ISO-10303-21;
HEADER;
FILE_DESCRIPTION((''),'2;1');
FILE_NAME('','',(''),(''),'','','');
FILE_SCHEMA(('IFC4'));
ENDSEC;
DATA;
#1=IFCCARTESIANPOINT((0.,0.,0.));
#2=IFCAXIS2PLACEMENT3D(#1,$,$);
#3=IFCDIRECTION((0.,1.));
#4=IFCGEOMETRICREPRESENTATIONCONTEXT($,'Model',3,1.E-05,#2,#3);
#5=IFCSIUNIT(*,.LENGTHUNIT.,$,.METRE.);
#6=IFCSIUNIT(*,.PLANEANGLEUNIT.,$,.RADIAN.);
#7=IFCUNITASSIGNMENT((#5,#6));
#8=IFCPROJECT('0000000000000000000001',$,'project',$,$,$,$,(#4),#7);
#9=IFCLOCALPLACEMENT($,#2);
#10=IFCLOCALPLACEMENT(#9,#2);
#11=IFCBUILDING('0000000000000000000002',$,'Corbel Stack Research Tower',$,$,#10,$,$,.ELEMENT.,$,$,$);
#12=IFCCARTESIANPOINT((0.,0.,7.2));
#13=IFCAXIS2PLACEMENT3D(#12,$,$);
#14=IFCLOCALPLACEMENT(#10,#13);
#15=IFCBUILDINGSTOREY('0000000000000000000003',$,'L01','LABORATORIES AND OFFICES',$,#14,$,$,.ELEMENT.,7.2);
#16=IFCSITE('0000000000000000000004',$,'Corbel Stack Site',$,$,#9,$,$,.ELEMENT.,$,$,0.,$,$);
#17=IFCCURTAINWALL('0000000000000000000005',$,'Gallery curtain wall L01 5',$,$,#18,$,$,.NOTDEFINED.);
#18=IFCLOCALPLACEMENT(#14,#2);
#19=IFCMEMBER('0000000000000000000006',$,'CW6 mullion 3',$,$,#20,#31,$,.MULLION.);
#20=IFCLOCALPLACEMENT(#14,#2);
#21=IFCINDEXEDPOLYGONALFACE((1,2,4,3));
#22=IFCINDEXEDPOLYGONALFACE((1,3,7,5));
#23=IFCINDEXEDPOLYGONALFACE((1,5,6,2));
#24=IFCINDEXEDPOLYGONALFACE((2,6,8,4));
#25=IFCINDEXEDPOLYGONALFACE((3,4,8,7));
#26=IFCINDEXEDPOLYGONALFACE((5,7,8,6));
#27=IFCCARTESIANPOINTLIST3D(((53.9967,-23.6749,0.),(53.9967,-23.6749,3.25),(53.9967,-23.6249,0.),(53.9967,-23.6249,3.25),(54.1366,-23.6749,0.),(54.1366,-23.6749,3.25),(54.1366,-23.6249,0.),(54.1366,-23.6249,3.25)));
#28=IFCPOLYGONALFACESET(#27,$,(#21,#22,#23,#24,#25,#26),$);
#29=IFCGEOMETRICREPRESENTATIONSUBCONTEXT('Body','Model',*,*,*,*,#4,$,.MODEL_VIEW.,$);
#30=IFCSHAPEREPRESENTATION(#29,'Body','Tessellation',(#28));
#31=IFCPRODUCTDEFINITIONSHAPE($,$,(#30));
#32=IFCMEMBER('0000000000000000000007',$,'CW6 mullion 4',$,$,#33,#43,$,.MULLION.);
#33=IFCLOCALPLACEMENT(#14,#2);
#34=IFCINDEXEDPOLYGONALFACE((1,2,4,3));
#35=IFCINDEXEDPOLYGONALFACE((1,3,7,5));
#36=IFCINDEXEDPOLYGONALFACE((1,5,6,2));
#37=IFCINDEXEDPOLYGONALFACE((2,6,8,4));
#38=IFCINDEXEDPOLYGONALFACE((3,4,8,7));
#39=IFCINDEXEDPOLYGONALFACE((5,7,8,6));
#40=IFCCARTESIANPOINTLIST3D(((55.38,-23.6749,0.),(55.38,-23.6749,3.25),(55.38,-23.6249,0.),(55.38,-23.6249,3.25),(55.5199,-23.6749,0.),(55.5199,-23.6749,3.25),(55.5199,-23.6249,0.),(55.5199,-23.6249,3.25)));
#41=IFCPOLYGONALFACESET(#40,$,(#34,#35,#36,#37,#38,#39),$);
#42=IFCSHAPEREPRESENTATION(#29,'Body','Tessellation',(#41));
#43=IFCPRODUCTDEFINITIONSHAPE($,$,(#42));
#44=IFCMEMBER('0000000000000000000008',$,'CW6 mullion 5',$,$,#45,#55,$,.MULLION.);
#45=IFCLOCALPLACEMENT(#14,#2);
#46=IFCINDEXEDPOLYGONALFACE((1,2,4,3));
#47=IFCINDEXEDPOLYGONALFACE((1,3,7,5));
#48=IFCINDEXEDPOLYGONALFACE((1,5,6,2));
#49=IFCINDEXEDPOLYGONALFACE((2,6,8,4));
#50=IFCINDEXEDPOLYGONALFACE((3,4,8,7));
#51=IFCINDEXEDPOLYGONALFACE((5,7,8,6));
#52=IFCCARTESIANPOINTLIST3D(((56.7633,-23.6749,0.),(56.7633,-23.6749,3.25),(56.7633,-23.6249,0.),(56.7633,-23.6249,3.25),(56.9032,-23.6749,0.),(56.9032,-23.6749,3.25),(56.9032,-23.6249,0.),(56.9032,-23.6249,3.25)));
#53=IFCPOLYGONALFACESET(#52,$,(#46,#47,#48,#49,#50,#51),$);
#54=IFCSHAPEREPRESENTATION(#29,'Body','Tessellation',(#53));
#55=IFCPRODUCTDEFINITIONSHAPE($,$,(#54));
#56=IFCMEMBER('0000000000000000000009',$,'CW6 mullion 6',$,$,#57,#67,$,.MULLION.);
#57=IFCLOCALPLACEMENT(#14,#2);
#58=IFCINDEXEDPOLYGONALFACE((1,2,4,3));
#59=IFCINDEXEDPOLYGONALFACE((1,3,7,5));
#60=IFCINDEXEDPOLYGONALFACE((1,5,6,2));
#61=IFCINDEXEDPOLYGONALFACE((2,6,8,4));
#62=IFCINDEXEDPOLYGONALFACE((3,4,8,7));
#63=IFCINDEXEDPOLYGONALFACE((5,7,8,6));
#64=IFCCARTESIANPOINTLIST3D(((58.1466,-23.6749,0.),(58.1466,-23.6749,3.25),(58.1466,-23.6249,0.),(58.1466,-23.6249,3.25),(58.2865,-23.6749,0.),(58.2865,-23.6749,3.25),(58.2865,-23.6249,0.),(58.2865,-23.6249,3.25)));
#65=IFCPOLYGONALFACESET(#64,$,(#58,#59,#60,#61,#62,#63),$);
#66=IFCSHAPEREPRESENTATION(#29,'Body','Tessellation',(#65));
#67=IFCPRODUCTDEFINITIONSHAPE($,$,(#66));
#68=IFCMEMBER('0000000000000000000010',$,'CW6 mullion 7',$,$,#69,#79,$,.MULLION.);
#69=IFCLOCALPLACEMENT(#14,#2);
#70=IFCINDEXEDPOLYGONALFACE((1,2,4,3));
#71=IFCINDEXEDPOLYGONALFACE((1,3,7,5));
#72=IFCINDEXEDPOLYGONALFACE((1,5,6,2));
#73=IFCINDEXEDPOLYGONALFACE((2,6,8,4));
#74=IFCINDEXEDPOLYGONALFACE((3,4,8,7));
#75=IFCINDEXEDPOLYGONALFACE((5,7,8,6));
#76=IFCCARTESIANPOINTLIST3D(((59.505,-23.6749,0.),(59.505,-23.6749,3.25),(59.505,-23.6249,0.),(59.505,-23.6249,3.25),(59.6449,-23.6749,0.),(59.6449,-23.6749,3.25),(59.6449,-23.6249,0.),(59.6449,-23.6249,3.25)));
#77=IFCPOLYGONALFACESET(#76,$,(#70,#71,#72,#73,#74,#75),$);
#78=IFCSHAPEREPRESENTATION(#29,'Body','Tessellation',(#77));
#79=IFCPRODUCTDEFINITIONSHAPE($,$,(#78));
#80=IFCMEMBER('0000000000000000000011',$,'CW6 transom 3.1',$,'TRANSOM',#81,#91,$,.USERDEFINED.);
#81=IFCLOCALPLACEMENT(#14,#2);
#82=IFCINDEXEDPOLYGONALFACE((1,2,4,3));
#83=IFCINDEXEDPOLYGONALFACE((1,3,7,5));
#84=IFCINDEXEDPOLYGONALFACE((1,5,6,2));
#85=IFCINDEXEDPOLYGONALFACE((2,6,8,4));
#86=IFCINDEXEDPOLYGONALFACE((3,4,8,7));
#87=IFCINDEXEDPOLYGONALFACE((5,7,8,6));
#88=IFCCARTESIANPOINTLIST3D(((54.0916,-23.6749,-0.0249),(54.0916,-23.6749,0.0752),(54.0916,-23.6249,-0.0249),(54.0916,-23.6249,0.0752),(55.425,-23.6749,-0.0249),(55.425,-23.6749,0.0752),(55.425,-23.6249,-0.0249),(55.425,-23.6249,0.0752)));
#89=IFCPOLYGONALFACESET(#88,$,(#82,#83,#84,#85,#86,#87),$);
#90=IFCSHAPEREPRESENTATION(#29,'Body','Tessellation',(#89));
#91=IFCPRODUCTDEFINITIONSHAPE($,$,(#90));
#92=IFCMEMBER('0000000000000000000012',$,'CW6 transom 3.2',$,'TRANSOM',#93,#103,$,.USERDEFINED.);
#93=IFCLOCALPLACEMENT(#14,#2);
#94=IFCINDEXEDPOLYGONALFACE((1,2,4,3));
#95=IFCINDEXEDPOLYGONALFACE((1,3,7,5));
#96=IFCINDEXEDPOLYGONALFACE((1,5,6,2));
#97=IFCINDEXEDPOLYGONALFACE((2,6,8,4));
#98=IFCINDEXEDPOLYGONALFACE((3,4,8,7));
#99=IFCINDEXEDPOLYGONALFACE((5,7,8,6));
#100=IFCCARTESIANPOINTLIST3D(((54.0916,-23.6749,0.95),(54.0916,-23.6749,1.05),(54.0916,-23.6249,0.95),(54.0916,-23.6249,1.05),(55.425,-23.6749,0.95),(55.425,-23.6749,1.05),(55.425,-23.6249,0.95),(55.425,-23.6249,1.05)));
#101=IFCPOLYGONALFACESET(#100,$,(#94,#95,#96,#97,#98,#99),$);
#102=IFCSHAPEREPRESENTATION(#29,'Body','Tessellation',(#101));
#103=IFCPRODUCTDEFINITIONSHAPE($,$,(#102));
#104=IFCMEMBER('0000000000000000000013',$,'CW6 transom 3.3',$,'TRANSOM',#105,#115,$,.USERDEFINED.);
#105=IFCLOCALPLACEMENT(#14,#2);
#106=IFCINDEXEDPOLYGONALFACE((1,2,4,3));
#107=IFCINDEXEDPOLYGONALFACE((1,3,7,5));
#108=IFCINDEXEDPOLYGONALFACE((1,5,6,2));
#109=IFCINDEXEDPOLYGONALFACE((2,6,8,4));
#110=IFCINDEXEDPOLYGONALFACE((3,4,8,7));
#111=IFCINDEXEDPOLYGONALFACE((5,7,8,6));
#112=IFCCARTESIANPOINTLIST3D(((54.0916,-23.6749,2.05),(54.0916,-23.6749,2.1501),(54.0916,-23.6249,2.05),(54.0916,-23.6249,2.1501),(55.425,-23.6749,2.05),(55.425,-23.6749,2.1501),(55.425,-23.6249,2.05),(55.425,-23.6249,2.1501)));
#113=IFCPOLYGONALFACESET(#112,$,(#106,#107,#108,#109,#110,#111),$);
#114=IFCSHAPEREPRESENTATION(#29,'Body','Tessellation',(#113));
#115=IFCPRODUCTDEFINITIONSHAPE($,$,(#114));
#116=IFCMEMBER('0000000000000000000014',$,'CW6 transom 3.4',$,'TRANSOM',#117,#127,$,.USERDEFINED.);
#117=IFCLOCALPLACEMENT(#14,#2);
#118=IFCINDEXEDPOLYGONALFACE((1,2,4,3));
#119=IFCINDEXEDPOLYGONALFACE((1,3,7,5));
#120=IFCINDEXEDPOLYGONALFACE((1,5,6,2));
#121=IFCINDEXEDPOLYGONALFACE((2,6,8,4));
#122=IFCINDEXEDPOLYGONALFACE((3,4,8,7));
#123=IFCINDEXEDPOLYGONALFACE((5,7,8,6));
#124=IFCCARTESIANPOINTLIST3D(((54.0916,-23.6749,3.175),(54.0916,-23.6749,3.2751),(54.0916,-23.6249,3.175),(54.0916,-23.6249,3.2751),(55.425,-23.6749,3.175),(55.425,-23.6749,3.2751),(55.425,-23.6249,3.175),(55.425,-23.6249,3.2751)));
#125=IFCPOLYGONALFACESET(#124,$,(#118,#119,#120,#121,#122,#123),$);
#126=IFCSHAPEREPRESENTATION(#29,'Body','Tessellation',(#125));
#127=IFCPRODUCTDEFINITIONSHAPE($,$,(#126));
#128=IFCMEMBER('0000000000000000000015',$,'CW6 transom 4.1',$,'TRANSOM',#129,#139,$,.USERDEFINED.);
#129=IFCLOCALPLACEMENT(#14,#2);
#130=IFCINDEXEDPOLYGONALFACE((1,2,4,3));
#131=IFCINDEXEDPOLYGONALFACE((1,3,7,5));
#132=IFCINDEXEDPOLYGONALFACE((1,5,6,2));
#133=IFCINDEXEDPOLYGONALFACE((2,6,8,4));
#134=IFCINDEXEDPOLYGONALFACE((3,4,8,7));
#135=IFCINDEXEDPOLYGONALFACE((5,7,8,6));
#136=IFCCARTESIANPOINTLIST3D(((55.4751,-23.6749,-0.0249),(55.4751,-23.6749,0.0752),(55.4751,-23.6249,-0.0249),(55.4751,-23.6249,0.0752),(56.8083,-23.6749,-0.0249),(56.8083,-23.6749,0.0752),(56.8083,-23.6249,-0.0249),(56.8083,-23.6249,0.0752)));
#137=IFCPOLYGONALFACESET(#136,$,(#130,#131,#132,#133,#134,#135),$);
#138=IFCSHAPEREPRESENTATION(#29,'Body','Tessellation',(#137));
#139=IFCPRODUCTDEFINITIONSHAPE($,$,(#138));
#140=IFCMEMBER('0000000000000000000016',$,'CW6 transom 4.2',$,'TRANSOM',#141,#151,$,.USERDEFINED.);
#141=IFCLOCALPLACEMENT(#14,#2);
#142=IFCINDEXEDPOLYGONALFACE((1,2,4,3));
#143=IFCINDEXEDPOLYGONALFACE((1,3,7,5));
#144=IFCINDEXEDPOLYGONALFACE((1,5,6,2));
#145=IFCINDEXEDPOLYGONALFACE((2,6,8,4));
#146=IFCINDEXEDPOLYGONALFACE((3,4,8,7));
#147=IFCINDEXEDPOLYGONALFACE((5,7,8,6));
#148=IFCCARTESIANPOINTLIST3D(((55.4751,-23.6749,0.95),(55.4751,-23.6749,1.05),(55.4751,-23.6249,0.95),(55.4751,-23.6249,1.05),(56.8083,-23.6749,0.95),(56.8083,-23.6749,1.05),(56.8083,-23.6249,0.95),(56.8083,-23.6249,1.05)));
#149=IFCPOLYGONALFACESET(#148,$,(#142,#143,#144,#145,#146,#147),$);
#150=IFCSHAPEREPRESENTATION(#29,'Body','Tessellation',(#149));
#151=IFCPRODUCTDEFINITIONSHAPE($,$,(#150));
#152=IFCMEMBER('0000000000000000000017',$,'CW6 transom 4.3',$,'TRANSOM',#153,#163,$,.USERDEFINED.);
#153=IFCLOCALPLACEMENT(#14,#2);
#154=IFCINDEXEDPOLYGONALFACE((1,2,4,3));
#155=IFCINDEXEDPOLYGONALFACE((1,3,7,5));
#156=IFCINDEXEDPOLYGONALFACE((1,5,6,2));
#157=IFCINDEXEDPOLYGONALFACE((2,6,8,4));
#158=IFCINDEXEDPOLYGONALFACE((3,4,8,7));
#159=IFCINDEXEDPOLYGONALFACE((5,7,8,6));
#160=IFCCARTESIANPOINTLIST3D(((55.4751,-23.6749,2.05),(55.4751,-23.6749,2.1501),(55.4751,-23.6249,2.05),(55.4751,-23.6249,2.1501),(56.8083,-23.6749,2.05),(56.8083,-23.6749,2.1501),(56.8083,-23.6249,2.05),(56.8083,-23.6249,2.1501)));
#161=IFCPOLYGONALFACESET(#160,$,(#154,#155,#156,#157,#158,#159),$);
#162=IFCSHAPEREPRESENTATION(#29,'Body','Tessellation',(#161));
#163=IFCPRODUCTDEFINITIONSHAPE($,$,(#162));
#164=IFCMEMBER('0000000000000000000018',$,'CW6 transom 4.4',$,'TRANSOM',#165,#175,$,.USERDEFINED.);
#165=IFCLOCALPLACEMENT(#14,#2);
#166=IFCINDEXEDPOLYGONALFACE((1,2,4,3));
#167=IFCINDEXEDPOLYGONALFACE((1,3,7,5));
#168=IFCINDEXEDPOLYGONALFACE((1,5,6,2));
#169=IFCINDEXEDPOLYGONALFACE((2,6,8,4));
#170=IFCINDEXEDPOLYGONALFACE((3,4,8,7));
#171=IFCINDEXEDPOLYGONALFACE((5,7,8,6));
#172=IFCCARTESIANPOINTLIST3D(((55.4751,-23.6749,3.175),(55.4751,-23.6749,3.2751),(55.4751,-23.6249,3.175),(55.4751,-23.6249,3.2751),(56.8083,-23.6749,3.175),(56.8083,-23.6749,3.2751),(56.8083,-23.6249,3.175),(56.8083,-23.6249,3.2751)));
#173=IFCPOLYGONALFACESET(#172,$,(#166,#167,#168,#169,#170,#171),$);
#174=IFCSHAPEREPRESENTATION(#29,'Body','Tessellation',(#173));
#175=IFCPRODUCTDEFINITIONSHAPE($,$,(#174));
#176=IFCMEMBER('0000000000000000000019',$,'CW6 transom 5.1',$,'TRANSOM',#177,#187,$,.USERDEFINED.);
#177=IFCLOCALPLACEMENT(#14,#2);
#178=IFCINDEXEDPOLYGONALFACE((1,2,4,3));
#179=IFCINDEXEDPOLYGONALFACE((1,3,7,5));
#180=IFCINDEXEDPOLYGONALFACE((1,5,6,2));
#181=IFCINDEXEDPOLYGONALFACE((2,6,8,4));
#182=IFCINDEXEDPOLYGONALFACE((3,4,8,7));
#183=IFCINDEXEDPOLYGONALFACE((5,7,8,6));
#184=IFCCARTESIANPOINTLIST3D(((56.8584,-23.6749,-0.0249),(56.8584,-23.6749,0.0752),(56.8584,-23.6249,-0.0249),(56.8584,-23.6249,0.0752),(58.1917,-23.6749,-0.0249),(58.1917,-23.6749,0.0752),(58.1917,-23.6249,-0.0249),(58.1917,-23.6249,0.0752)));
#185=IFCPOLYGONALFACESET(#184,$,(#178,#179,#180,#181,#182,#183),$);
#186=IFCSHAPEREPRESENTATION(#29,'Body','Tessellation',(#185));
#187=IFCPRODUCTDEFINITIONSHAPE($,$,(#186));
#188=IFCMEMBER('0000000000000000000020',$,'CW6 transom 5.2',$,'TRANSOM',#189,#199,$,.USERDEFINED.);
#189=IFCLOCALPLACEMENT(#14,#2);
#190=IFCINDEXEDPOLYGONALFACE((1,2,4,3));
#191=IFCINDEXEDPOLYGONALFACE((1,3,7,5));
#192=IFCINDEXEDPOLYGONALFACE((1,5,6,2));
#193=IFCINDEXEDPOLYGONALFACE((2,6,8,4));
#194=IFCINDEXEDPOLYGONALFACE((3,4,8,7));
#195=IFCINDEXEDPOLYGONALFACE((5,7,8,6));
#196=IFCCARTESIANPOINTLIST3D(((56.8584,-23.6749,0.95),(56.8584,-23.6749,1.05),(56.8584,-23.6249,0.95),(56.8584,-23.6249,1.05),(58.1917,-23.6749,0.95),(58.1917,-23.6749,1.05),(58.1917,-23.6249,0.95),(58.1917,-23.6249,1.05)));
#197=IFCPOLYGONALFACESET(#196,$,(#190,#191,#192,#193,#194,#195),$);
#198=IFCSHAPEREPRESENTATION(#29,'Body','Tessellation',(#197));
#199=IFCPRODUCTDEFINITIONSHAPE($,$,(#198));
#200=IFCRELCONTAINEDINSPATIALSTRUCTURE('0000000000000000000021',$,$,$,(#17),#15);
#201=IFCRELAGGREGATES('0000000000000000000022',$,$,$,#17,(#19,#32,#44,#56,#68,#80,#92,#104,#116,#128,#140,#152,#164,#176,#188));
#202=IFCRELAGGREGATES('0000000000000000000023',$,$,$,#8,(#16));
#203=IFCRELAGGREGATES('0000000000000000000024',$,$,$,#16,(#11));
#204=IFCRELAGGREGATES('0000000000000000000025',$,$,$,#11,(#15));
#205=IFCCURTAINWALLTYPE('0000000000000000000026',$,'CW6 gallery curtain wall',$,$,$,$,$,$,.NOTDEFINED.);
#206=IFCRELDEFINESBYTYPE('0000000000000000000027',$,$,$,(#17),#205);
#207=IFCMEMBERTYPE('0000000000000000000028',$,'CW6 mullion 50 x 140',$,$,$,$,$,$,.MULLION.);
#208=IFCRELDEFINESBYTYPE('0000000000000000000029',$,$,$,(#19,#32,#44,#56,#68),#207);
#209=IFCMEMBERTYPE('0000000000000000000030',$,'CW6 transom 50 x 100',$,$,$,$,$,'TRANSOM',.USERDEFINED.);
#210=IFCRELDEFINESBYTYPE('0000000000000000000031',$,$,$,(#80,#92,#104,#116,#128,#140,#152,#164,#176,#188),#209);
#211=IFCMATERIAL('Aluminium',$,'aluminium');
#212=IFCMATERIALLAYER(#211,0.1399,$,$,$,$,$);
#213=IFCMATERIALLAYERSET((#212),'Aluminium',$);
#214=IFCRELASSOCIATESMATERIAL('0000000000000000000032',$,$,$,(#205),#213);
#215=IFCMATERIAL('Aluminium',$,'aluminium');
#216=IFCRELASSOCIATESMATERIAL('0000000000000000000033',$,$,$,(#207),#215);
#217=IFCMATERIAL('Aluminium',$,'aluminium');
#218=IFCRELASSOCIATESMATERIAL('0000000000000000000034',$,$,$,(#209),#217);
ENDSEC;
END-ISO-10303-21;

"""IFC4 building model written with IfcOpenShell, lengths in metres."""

from ifc_helpers import new_model, si_unit, direction, frame, origin, origin_2d, place, context, subcontext, project, spatial, rectangle, extrude, material, layer, layer_set, material_profile, profile_set, type_object, element, aggregate, save


model = new_model("IFC4")

# Units and contexts
model_context = context("Model", 3, precision=1e-05, world=origin(), true_north=direction((0.0, 1.0)))
body_context = subcontext(model_context, "Body", "Model", "MODEL_VIEW")
ifc_project = project(units=[si_unit("LENGTHUNIT", "METRE"), si_unit("PLANEANGLEUNIT", "RADIAN")], contexts=[model_context])

# Site, building, storey
site_placement = place(None, origin())
site = spatial("IfcSite", under=ifc_project, at=site_placement, Name="Corbel Stack Site", CompositionType="ELEMENT", RefElevation=0.0)
building_placement = place(site_placement, origin())
building = spatial("IfcBuilding", under=site, at=building_placement, Name="Corbel Stack Research Tower", CompositionType="ELEMENT")
storey_placement = place(building_placement, frame((0.0, 0.0, 7.2)))
storey = spatial("IfcBuildingStorey", under=building, at=storey_placement, Name="L01", Description="LABORATORIES AND OFFICES", CompositionType="ELEMENT", Elevation=7.2)

# Curtain wall, members
ifc_material_1 = material(Name="Aluminium", Category="aluminium")
ifc_layer_1 = layer(ifc_material_1, 0.1399)
ifc_layer_set_1 = layer_set([ifc_layer_1], Name="Aluminium")
curtain_wall_type = type_object("IfcCurtainWallType", Name="CW6 gallery curtain wall", PredefinedType="NOTDEFINED", material=ifc_layer_set_1)
curtain_wall_placement = place(storey_placement, origin())
curtain_wall = element("IfcCurtainWall", 1, at=curtain_wall_placement, inside=storey, type_object=curtain_wall_type, Name="Gallery curtain wall L01 5", PredefinedType="NOTDEFINED")
ifc_material_2 = material(Name="Aluminium", Category="aluminium")
ifc_material_profile_1 = material_profile(ifc_material_2, rectangle(XDim=0.05, YDim=0.1399, at=origin_2d()), Name="Mullion 50 x 140")
ifc_profile_set_1 = profile_set([ifc_material_profile_1], Name="Aluminium")
member_type_1 = type_object("IfcMemberType", Name="CW6 mullion 50 x 140", PredefinedType="MULLION", material=ifc_profile_set_1)
member_1_placement = place(storey_placement, frame((54.0667, -23.6499, 0.0), z_axis=(0.0, 0.0, 1.0), x_axis=(0.0, 1.0, 0.0)))
member_1 = element("IfcMember", 2, at=member_1_placement, type_object=member_type_1, Name="CW6 mullion 3", PredefinedType="MULLION", context=body_context, shape_type="SweptSolid", body=[
    extrude(rectangle(XDim=0.05, YDim=0.1399, at=origin_2d()), origin(), (0.0, 0.0, 1.0), 3.25),
])
member_2_placement = place(storey_placement, frame((55.45, -23.6499, 0.0), z_axis=(0.0, 0.0, 1.0), x_axis=(0.0, 1.0, 0.0)))
member_2 = element("IfcMember", 3, at=member_2_placement, type_object=member_type_1, Name="CW6 mullion 4", PredefinedType="MULLION", context=body_context, shape_type="SweptSolid", body=[
    extrude(rectangle(XDim=0.05, YDim=0.1399, at=origin_2d()), origin(), (0.0, 0.0, 1.0), 3.25),
])
member_3_placement = place(storey_placement, frame((56.8333, -23.6499, 0.0), z_axis=(0.0, 0.0, 1.0), x_axis=(0.0, 1.0, 0.0)))
member_3 = element("IfcMember", 4, at=member_3_placement, type_object=member_type_1, Name="CW6 mullion 5", PredefinedType="MULLION", context=body_context, shape_type="SweptSolid", body=[
    extrude(rectangle(XDim=0.05, YDim=0.1399, at=origin_2d()), origin(), (0.0, 0.0, 1.0), 3.25),
])
member_4_placement = place(storey_placement, frame((58.2166, -23.6499, 0.0), z_axis=(0.0, 0.0, 1.0), x_axis=(0.0, 1.0, 0.0)))
member_4 = element("IfcMember", 5, at=member_4_placement, type_object=member_type_1, Name="CW6 mullion 6", PredefinedType="MULLION", context=body_context, shape_type="SweptSolid", body=[
    extrude(rectangle(XDim=0.05, YDim=0.1399, at=origin_2d()), origin(), (0.0, 0.0, 1.0), 3.25),
])
member_5_placement = place(storey_placement, frame((59.575, -23.6499, 0.0), z_axis=(0.0, 0.0, 1.0), x_axis=(0.0, 1.0, 0.0)))
member_5 = element("IfcMember", 6, at=member_5_placement, type_object=member_type_1, Name="CW6 mullion 7", PredefinedType="MULLION", context=body_context, shape_type="SweptSolid", body=[
    extrude(rectangle(XDim=0.05, YDim=0.1399, at=origin_2d()), origin(), (0.0, 0.0, 1.0), 3.25),
])
ifc_material_3 = material(Name="Aluminium", Category="aluminium")
ifc_material_profile_2 = material_profile(ifc_material_3, rectangle(XDim=0.05, YDim=0.1001, at=origin_2d()), Name="Transom 50 x 100")
ifc_profile_set_2 = profile_set([ifc_material_profile_2], Name="Aluminium")
member_type_2 = type_object("IfcMemberType", Name="CW6 transom 50 x 100", ElementType="TRANSOM", PredefinedType="USERDEFINED", material=ifc_profile_set_2)
member_6_placement = place(storey_placement, frame((54.0916, -23.6499, 0.0251), z_axis=(1.0, 0.0, 0.0), x_axis=(0.0, 1.0, 0.0)))
member_6 = element("IfcMember", 7, at=member_6_placement, type_object=member_type_2, Name="CW6 transom 3.1", ObjectType="TRANSOM", PredefinedType="USERDEFINED", context=body_context, shape_type="SweptSolid", body=[
    extrude(rectangle(XDim=0.05, YDim=0.1001, at=origin_2d()), origin(), (0.0, 0.0, 1.0), 1.3335),
])
member_7_placement = place(storey_placement, frame((54.0916, -23.6499, 1.0), z_axis=(1.0, 0.0, 0.0), x_axis=(0.0, 1.0, 0.0)))
member_7 = element("IfcMember", 8, at=member_7_placement, type_object=member_type_2, Name="CW6 transom 3.2", ObjectType="TRANSOM", PredefinedType="USERDEFINED", context=body_context, shape_type="SweptSolid", body=[
    extrude(rectangle(XDim=0.05, YDim=0.1001, at=origin_2d()), origin(), (0.0, 0.0, 1.0), 1.3335),
])
member_8_placement = place(storey_placement, frame((54.0916, -23.6499, 2.1001), z_axis=(1.0, 0.0, 0.0), x_axis=(0.0, 1.0, 0.0)))
member_8 = element("IfcMember", 9, at=member_8_placement, type_object=member_type_2, Name="CW6 transom 3.3", ObjectType="TRANSOM", PredefinedType="USERDEFINED", context=body_context, shape_type="SweptSolid", body=[
    extrude(rectangle(XDim=0.05, YDim=0.1001, at=origin_2d()), origin(), (0.0, 0.0, 1.0), 1.3335),
])
member_9_placement = place(storey_placement, frame((54.0916, -23.6499, 3.2251), z_axis=(1.0, 0.0, 0.0), x_axis=(0.0, 1.0, 0.0)))
member_9 = element("IfcMember", 10, at=member_9_placement, type_object=member_type_2, Name="CW6 transom 3.4", ObjectType="TRANSOM", PredefinedType="USERDEFINED", context=body_context, shape_type="SweptSolid", body=[
    extrude(rectangle(XDim=0.05, YDim=0.1001, at=origin_2d()), origin(), (0.0, 0.0, 1.0), 1.3335),
])
member_10_placement = place(storey_placement, frame((55.4751, -23.6499, 0.0251), z_axis=(1.0, 0.0, 0.0), x_axis=(0.0, 1.0, 0.0)))
member_10 = element("IfcMember", 11, at=member_10_placement, type_object=member_type_2, Name="CW6 transom 4.1", ObjectType="TRANSOM", PredefinedType="USERDEFINED", context=body_context, shape_type="SweptSolid", body=[
    extrude(rectangle(XDim=0.05, YDim=0.1001, at=origin_2d()), origin(), (0.0, 0.0, 1.0), 1.3333),
])
member_11_placement = place(storey_placement, frame((55.4751, -23.6499, 1.0), z_axis=(1.0, 0.0, 0.0), x_axis=(0.0, 1.0, 0.0)))
member_11 = element("IfcMember", 12, at=member_11_placement, type_object=member_type_2, Name="CW6 transom 4.2", ObjectType="TRANSOM", PredefinedType="USERDEFINED", context=body_context, shape_type="SweptSolid", body=[
    extrude(rectangle(XDim=0.05, YDim=0.1001, at=origin_2d()), origin(), (0.0, 0.0, 1.0), 1.3333),
])
member_12_placement = place(storey_placement, frame((55.4751, -23.6499, 2.1001), z_axis=(1.0, 0.0, 0.0), x_axis=(0.0, 1.0, 0.0)))
member_12 = element("IfcMember", 13, at=member_12_placement, type_object=member_type_2, Name="CW6 transom 4.3", ObjectType="TRANSOM", PredefinedType="USERDEFINED", context=body_context, shape_type="SweptSolid", body=[
    extrude(rectangle(XDim=0.05, YDim=0.1001, at=origin_2d()), origin(), (0.0, 0.0, 1.0), 1.3333),
])
member_13_placement = place(storey_placement, frame((55.4751, -23.6499, 3.2251), z_axis=(1.0, 0.0, 0.0), x_axis=(0.0, 1.0, 0.0)))
member_13 = element("IfcMember", 14, at=member_13_placement, type_object=member_type_2, Name="CW6 transom 4.4", ObjectType="TRANSOM", PredefinedType="USERDEFINED", context=body_context, shape_type="SweptSolid", body=[
    extrude(rectangle(XDim=0.05, YDim=0.1001, at=origin_2d()), origin(), (0.0, 0.0, 1.0), 1.3333),
])
member_14_placement = place(storey_placement, frame((56.8584, -23.6499, 0.0251), z_axis=(1.0, 0.0, 0.0), x_axis=(0.0, 1.0, 0.0)))
member_14 = element("IfcMember", 15, at=member_14_placement, type_object=member_type_2, Name="CW6 transom 5.1", ObjectType="TRANSOM", PredefinedType="USERDEFINED", context=body_context, shape_type="SweptSolid", body=[
    extrude(rectangle(XDim=0.05, YDim=0.1001, at=origin_2d()), origin(), (0.0, 0.0, 1.0), 1.3333),
])
member_15_placement = place(storey_placement, frame((56.8584, -23.6499, 1.0), z_axis=(1.0, 0.0, 0.0), x_axis=(0.0, 1.0, 0.0)))
member_15 = element("IfcMember", 16, at=member_15_placement, type_object=member_type_2, Name="CW6 transom 5.2", ObjectType="TRANSOM", PredefinedType="USERDEFINED", context=body_context, shape_type="SweptSolid", body=[
    extrude(rectangle(XDim=0.05, YDim=0.1001, at=origin_2d()), origin(), (0.0, 0.0, 1.0), 1.3333),
])
aggregate(curtain_wall, [member_1, member_2, member_3, member_4, member_5, member_6, member_7, member_8, member_9, member_10, member_11, member_12, member_13, member_14, member_15])

save(model, "model.ifc")
